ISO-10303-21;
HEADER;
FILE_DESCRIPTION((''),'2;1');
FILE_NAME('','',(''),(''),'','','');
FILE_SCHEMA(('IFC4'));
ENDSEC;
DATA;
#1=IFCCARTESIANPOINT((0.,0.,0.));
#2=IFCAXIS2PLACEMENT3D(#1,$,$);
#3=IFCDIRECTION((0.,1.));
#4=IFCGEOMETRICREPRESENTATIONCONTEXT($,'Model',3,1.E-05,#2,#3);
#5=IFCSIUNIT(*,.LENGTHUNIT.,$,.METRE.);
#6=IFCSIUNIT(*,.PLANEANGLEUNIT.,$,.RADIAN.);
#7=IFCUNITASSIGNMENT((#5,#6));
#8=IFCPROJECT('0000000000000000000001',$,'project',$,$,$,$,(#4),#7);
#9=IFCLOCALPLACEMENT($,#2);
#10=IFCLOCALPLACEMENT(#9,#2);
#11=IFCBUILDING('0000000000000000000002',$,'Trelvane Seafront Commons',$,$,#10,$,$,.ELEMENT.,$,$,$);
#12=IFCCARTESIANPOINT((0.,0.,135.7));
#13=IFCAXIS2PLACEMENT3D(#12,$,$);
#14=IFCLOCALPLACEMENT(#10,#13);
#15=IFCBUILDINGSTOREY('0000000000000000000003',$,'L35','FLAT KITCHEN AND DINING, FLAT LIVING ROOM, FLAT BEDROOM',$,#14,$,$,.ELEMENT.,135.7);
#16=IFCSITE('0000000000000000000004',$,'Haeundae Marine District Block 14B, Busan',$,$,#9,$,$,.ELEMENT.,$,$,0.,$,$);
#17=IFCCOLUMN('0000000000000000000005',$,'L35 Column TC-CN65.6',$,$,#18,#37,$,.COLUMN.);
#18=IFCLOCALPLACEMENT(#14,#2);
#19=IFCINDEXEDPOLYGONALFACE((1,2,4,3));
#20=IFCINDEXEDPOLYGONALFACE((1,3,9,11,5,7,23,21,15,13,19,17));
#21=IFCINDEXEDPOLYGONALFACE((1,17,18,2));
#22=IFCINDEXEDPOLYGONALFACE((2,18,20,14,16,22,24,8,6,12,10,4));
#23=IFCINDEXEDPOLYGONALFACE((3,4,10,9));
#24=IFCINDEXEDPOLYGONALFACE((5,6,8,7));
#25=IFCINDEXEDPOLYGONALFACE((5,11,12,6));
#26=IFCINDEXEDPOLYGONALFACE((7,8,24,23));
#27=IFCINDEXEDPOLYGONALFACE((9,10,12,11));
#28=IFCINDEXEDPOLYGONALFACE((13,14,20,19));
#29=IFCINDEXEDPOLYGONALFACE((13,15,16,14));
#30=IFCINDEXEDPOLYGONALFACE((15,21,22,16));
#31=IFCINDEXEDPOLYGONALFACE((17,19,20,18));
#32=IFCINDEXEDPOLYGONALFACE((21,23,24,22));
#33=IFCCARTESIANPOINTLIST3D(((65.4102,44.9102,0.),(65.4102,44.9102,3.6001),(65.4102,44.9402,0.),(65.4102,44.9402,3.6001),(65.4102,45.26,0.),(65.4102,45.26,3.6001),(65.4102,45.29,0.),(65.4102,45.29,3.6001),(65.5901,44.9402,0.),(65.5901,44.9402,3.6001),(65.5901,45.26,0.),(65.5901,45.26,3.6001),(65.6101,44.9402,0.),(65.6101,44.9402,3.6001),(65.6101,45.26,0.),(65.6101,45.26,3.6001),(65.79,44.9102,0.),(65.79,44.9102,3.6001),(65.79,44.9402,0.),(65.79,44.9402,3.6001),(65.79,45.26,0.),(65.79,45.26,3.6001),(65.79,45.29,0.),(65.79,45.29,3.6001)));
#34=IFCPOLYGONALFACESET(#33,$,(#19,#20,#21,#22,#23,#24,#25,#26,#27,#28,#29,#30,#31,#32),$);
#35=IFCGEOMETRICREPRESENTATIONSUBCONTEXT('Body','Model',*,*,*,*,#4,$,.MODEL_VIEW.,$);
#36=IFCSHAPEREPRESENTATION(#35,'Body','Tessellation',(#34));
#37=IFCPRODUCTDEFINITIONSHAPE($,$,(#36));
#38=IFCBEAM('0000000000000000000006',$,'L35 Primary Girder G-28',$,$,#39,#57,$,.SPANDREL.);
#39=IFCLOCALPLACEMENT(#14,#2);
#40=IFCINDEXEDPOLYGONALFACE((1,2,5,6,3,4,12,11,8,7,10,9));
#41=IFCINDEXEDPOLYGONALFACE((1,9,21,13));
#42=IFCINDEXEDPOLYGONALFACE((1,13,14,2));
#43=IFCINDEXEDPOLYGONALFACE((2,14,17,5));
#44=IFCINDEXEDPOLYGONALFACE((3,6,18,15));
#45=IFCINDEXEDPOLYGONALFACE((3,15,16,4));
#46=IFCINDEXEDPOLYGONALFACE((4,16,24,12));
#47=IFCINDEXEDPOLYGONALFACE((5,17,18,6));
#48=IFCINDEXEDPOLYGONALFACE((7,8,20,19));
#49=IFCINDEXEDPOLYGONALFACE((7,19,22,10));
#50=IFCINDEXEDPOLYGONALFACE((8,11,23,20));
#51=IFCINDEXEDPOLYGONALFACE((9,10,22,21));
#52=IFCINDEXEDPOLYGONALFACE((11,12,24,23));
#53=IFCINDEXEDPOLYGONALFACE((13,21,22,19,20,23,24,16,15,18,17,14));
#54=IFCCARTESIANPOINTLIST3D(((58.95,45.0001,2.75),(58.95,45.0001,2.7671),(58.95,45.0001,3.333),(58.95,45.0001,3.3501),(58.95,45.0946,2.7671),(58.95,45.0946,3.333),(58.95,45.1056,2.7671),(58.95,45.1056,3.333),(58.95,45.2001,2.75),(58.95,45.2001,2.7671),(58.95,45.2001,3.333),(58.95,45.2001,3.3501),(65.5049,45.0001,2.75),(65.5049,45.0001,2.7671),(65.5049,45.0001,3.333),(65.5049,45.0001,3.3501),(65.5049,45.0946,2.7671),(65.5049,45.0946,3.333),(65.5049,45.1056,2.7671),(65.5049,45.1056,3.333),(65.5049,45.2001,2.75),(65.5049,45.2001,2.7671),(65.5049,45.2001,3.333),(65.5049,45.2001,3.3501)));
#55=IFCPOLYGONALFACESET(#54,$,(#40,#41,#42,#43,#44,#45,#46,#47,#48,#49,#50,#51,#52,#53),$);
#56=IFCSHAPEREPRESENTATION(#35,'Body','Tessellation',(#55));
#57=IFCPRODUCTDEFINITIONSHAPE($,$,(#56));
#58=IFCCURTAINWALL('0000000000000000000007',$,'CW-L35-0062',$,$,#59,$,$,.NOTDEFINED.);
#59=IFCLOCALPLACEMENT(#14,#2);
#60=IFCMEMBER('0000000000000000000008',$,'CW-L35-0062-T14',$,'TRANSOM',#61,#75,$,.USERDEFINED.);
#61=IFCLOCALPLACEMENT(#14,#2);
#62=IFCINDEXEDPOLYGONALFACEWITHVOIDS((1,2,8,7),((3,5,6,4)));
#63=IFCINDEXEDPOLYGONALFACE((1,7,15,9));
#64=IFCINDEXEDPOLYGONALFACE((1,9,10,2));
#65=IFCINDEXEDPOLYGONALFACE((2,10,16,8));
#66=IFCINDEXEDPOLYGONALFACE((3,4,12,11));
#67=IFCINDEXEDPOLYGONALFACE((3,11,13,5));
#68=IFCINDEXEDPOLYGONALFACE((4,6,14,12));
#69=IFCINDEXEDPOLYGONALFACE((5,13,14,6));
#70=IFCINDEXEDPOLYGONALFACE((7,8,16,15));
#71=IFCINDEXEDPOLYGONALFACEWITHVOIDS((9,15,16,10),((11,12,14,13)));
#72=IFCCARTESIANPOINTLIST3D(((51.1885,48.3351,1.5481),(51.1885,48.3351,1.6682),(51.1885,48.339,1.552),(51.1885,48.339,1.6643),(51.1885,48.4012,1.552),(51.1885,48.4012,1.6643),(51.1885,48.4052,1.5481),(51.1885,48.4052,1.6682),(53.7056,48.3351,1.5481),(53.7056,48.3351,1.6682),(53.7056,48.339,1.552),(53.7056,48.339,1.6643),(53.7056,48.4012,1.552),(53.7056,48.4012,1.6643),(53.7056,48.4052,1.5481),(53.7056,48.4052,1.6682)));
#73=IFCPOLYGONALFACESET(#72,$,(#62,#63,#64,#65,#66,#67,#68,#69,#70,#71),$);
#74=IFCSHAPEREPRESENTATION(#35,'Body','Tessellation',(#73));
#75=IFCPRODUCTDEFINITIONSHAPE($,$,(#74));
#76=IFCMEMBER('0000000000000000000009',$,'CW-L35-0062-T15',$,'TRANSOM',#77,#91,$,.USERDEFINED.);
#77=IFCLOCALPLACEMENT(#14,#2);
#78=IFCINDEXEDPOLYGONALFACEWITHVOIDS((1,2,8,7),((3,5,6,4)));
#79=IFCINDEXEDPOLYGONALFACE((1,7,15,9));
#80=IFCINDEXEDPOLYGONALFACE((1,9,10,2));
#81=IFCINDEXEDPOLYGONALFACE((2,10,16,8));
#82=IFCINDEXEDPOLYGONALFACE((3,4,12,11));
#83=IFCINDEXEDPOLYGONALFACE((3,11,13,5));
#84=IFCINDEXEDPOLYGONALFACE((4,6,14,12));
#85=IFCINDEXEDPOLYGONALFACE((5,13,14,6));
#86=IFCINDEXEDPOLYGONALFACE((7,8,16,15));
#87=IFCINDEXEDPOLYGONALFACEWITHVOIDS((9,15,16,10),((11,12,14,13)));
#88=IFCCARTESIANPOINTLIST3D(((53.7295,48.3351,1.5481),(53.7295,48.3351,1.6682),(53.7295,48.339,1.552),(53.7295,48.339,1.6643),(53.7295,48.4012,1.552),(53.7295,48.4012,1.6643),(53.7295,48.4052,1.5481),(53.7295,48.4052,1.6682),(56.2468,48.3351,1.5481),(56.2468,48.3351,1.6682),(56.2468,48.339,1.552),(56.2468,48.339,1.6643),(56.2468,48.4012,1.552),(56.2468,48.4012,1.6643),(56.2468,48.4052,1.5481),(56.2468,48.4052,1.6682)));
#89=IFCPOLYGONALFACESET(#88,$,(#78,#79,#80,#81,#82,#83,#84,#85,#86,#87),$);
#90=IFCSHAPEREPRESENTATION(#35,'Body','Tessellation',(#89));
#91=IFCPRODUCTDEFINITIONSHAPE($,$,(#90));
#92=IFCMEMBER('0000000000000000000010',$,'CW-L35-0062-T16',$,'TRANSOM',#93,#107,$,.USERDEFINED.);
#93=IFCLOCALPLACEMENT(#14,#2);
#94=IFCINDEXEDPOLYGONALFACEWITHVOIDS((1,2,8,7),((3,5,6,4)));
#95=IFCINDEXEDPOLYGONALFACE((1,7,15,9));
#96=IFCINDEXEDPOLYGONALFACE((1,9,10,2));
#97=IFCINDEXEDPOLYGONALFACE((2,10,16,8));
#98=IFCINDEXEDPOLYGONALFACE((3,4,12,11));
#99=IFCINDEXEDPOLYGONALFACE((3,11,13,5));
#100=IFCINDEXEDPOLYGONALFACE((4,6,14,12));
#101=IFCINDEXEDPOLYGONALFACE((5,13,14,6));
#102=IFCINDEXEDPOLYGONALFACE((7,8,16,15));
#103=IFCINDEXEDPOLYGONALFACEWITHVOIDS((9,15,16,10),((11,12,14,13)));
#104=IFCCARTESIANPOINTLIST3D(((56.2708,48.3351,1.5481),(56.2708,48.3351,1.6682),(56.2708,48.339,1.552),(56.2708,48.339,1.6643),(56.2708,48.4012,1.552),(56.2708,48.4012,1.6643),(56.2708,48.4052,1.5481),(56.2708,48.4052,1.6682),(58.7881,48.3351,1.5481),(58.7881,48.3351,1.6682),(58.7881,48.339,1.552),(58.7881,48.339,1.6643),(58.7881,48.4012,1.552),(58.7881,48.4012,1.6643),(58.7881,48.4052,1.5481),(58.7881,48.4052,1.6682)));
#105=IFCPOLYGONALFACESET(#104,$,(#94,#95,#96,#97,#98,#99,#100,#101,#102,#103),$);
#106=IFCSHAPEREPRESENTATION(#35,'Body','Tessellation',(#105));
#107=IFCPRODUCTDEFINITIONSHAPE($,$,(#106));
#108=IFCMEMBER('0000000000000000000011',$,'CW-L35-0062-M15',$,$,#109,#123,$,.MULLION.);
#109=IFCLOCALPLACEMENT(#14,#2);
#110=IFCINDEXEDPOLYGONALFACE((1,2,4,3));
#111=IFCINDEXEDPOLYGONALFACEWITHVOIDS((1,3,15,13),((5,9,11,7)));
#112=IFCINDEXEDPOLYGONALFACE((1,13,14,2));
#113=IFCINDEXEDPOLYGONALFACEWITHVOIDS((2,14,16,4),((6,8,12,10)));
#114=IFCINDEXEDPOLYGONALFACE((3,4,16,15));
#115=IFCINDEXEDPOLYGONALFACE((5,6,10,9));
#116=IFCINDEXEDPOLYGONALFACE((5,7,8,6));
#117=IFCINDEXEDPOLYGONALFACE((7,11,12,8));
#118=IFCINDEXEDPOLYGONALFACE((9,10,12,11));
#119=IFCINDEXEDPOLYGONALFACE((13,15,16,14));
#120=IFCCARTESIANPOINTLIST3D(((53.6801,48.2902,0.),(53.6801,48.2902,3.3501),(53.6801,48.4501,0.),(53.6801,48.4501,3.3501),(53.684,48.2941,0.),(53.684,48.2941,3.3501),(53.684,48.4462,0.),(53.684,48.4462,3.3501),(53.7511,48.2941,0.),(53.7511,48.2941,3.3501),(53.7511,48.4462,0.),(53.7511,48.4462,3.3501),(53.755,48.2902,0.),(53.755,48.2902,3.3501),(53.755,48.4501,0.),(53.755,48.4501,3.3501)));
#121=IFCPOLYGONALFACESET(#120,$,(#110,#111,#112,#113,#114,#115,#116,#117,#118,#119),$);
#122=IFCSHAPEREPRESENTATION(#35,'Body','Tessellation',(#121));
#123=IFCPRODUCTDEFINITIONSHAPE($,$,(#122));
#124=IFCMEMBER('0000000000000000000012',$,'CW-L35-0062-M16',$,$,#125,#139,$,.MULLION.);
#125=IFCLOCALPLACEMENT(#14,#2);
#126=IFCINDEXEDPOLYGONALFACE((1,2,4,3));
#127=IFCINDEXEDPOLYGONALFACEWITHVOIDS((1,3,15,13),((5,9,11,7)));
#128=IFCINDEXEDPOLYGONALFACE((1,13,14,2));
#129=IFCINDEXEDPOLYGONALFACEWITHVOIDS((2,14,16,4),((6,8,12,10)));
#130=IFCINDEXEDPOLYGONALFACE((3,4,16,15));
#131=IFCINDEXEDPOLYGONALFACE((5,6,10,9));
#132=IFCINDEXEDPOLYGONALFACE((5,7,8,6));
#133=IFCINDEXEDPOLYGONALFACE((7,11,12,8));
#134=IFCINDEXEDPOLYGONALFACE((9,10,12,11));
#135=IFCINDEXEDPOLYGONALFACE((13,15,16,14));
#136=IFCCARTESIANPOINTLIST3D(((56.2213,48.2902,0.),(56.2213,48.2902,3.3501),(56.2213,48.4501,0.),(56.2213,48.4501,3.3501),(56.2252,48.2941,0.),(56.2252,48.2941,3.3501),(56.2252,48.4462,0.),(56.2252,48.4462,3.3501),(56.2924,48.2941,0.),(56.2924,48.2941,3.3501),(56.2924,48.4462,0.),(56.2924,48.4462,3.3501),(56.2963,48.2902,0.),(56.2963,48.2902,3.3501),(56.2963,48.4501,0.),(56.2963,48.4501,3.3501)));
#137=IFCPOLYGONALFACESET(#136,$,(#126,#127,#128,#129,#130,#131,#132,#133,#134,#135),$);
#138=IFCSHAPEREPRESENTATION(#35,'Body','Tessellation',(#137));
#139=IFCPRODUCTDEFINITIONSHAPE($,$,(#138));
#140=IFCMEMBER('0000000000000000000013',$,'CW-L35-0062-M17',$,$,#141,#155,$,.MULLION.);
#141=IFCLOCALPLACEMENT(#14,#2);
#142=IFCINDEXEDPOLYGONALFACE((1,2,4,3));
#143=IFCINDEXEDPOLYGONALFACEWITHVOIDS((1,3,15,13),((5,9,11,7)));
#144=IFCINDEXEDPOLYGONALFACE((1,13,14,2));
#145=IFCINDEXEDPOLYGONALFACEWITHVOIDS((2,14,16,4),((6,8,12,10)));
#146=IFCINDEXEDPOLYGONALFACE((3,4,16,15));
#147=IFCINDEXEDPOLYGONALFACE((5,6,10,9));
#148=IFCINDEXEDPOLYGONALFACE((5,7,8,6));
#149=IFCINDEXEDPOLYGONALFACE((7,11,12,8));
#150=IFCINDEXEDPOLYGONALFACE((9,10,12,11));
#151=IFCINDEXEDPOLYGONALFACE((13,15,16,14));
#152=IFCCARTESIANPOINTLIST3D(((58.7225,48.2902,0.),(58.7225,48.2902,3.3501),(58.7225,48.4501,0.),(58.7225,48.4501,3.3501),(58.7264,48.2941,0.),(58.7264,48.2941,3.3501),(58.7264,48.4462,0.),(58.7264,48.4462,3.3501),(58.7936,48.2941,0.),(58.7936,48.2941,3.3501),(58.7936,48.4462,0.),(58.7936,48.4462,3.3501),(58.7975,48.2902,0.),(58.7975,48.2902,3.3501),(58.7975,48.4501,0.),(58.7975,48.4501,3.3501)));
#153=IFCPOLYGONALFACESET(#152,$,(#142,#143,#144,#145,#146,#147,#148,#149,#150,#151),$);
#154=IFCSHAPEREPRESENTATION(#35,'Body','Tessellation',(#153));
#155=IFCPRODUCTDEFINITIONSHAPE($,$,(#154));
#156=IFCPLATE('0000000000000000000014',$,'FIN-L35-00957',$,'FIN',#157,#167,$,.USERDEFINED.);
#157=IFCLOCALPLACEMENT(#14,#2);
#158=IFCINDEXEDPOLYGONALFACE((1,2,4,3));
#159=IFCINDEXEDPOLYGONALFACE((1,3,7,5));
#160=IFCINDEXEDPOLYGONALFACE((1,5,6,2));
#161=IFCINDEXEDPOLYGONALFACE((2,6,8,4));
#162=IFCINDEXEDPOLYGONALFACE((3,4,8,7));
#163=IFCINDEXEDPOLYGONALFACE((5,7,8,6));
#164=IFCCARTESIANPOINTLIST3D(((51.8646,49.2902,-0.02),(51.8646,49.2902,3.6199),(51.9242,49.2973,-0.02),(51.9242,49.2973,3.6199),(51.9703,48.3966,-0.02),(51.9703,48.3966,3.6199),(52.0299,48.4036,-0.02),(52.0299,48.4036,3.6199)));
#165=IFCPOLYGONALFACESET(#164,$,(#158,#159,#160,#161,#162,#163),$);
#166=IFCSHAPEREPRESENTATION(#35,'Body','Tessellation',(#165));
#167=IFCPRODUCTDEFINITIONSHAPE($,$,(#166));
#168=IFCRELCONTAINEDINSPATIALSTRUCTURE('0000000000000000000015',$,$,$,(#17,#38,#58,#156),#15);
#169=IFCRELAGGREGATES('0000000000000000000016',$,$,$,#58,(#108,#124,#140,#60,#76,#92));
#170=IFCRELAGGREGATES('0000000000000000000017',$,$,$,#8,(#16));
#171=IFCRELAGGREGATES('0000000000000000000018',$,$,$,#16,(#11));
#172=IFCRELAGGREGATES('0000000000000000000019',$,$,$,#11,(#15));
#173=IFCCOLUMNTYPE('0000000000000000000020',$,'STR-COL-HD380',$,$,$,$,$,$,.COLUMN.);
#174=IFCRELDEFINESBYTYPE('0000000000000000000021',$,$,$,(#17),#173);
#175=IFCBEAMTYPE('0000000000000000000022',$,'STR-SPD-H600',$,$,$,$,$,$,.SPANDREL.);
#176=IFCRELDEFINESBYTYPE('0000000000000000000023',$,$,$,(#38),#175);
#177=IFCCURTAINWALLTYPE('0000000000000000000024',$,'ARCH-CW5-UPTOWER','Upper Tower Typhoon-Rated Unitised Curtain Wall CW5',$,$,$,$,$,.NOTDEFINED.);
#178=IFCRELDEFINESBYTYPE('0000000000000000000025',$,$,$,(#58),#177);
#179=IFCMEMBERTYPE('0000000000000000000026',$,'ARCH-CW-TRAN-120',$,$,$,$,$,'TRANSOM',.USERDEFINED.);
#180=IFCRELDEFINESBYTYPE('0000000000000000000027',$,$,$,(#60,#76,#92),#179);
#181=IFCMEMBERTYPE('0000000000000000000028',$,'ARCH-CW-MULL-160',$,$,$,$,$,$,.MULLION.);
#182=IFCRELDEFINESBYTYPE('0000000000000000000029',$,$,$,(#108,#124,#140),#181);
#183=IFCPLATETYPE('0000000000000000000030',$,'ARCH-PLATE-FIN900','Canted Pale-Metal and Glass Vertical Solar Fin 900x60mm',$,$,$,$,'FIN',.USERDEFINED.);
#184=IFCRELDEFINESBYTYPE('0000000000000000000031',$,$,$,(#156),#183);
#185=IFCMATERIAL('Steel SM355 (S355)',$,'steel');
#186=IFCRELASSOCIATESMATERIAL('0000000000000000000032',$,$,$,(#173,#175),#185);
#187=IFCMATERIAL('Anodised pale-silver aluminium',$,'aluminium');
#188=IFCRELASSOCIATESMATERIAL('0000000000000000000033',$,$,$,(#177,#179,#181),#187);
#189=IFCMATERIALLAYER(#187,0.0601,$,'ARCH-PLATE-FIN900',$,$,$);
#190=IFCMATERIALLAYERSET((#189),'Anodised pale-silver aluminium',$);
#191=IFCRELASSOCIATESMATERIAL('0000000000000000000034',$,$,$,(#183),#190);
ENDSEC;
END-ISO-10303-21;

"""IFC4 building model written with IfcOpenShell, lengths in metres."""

from ifc_helpers import new_model, si_unit, direction, frame, origin, origin_2d, place, context, subcontext, project, spatial, rectangle, hollow_rectangle, i_section, extrude, source, transform, mapped, material, layer, layer_set, material_profile, profile_set, type_object, element, aggregate, save


model = new_model("IFC4")

# Units and contexts
model_context = context("Model", 3, precision=1e-05, world=origin(), true_north=direction((0.0, 1.0)))
body_context = subcontext(model_context, "Body", "Model", "MODEL_VIEW")
ifc_project = project(units=[si_unit("LENGTHUNIT", "METRE"), si_unit("PLANEANGLEUNIT", "RADIAN")], contexts=[model_context])

# Site, building, storey
site_placement = place(None, origin())
site = spatial("IfcSite", under=ifc_project, at=site_placement, Name="Haeundae Marine District Block 14B, Busan", CompositionType="ELEMENT", RefElevation=0.0)
building_placement = place(site_placement, origin())
building = spatial("IfcBuilding", under=site, at=building_placement, Name="Trelvane Seafront Commons", CompositionType="ELEMENT")
storey_placement = place(building_placement, frame((0.0, 0.0, 135.7)))
storey = spatial("IfcBuildingStorey", under=building, at=storey_placement, Name="L35", Description="FLAT KITCHEN AND DINING, FLAT LIVING ROOM, FLAT BEDROOM", CompositionType="ELEMENT", Elevation=135.7)

# Column
ifc_material_1 = material(Name="Steel SM355 (S355)", Category="steel")
ifc_material_profile_1 = material_profile(ifc_material_1, i_section(OverallWidth=0.3799, OverallDepth=0.3799, WebThickness=0.02, FlangeThickness=0.03, at=origin_2d()), Name="HD-380x380x20x30")
ifc_profile_set_1 = profile_set([ifc_material_profile_1], Name="Steel SM355 (S355)")
column_type = type_object("IfcColumnType", Name="STR-COL-HD380", PredefinedType="COLUMN", material=ifc_profile_set_1)
shared_shape_1 = source(origin(), body_context, "Body", "SweptSolid", [
    extrude(i_section(OverallWidth=0.3799, OverallDepth=0.3799, WebThickness=0.02, FlangeThickness=0.03, at=origin_2d()), origin(), (0.0, 0.0, 1.0), 3.6001),
])
column_placement = place(storey_placement, frame((65.6001, 45.1001, 0.0), z_axis=(0.0, 0.0, 1.0), x_axis=(1.0, 0.0, 0.0)))
element("IfcColumn", 1, at=column_placement, inside=storey, type_object=column_type, Name="L35 Column TC-CN65.6", PredefinedType="COLUMN", context=body_context, shape_type="MappedRepresentation", body=[
    mapped(shared_shape_1, transform((0.0, 0.0, 0.0), x_axis=(1.0, 0.0, 0.0), y_axis=(0.0, 1.0, 0.0), z_axis=(0.0, 0.0, 1.0), scale=1.0)),
])

# Beam
ifc_material_profile_2 = material_profile(ifc_material_1, i_section(OverallWidth=0.2, OverallDepth=0.6001, WebThickness=0.011, FlangeThickness=0.0171, at=origin_2d()), Name="H-600x200x11x17")
ifc_profile_set_2 = profile_set([ifc_material_profile_2], Name="Steel SM355 (S355)")
beam_type = type_object("IfcBeamType", Name="STR-SPD-H600", PredefinedType="SPANDREL", material=ifc_profile_set_2)
shared_shape_2 = source(origin(), body_context, "Body", "SweptSolid", [
    extrude(i_section(OverallWidth=0.2, OverallDepth=0.6001, WebThickness=0.011, FlangeThickness=0.0171, at=origin_2d()), origin(), (0.0, 0.0, 1.0), 6.5549),
])
beam_placement = place(storey_placement, frame((58.95, 45.1001, 3.05), z_axis=(1.0, 0.0, 0.0), x_axis=(0.0, 1.0, 0.0)))
element("IfcBeam", 2, at=beam_placement, inside=storey, type_object=beam_type, Name="L35 Primary Girder G-28", PredefinedType="SPANDREL", context=body_context, shape_type="MappedRepresentation", body=[
    mapped(shared_shape_2, transform((0.0, 0.0, 0.0), x_axis=(1.0, 0.0, 0.0), y_axis=(0.0, 1.0, 0.0), z_axis=(0.0, 0.0, 1.0), scale=1.0)),
])

# Curtain wall, members
ifc_material_2 = material(Name="Anodised pale-silver aluminium", Category="aluminium")
curtain_wall_type = type_object("IfcCurtainWallType", Name="ARCH-CW5-UPTOWER", Description="Upper Tower Typhoon-Rated Unitised Curtain Wall CW5", PredefinedType="NOTDEFINED", material=ifc_material_2)
curtain_wall_placement = place(storey_placement, origin())
curtain_wall = element("IfcCurtainWall", 3, at=curtain_wall_placement, inside=storey, type_object=curtain_wall_type, Name="CW-L35-0062", PredefinedType="NOTDEFINED")
ifc_material_profile_3 = material_profile(ifc_material_2, hollow_rectangle(XDim=0.0701, YDim=0.1201, WallThickness=0.0039, at=origin_2d()), Name="TRAN-70x120x4")
ifc_profile_set_3 = profile_set([ifc_material_profile_3], Name="Anodised pale-silver aluminium")
member_type_1 = type_object("IfcMemberType", Name="ARCH-CW-TRAN-120", ElementType="TRANSOM", PredefinedType="USERDEFINED", material=ifc_profile_set_3)
shared_shape_3 = source(origin(), body_context, "Body", "SweptSolid", [
    extrude(hollow_rectangle(XDim=0.0701, YDim=0.1201, WallThickness=0.0039, at=origin_2d()), origin(), (0.0, 0.0, 1.0), 2.5171),
])
member_1_placement = place(storey_placement, frame((51.1885, 48.3701, 1.6082), z_axis=(1.0, 0.0, 0.0), x_axis=(0.0, 1.0, 0.0)))
member_1 = element("IfcMember", 4, at=member_1_placement, type_object=member_type_1, Name="CW-L35-0062-T14", ObjectType="TRANSOM", PredefinedType="USERDEFINED", context=body_context, shape_type="MappedRepresentation", body=[
    mapped(shared_shape_3, transform((0.0, 0.0, 0.0), x_axis=(1.0, 0.0, 0.0), y_axis=(0.0, 1.0, 0.0), z_axis=(0.0, 0.0, 1.0), scale=1.0)),
])
shared_shape_4 = source(origin(), body_context, "Body", "SweptSolid", [
    extrude(hollow_rectangle(XDim=0.0701, YDim=0.1201, WallThickness=0.0039, at=origin_2d()), origin(), (0.0, 0.0, 1.0), 2.5173),
])
member_2_placement = place(storey_placement, frame((53.7295, 48.3701, 1.6082), z_axis=(1.0, 0.0, 0.0), x_axis=(0.0, 1.0, 0.0)))
member_2 = element("IfcMember", 5, at=member_2_placement, type_object=member_type_1, Name="CW-L35-0062-T15", ObjectType="TRANSOM", PredefinedType="USERDEFINED", context=body_context, shape_type="MappedRepresentation", body=[
    mapped(shared_shape_4, transform((0.0, 0.0, 0.0), x_axis=(1.0, 0.0, 0.0), y_axis=(0.0, 1.0, 0.0), z_axis=(0.0, 0.0, 1.0), scale=1.0)),
])
member_3_placement = place(storey_placement, frame((56.2708, 48.3701, 1.6082), z_axis=(1.0, 0.0, 0.0), x_axis=(0.0, 1.0, 0.0)))
member_3 = element("IfcMember", 6, at=member_3_placement, type_object=member_type_1, Name="CW-L35-0062-T16", ObjectType="TRANSOM", PredefinedType="USERDEFINED", context=body_context, shape_type="MappedRepresentation", body=[
    mapped(shared_shape_4, transform((0.0, 0.0, 0.0), x_axis=(1.0, 0.0, 0.0), y_axis=(0.0, 1.0, 0.0), z_axis=(0.0, 0.0, 1.0), scale=1.0)),
])
ifc_material_profile_4 = material_profile(ifc_material_2, hollow_rectangle(XDim=0.075, YDim=0.1599, WallThickness=0.0039, at=origin_2d()), Name="MULL-75x160x4")
ifc_profile_set_4 = profile_set([ifc_material_profile_4], Name="Anodised pale-silver aluminium")
member_type_2 = type_object("IfcMemberType", Name="ARCH-CW-MULL-160", PredefinedType="MULLION", material=ifc_profile_set_4)
shared_shape_5 = source(origin(), body_context, "Body", "SweptSolid", [
    extrude(hollow_rectangle(XDim=0.075, YDim=0.1599, WallThickness=0.0039, at=origin_2d()), origin(), (0.0, 0.0, 1.0), 3.3501),
])
member_4_placement = place(storey_placement, frame((53.7175, 48.3701, 0.0), z_axis=(0.0, 0.0, 1.0), x_axis=(1.0, 0.0, 0.0)))
member_4 = element("IfcMember", 7, at=member_4_placement, type_object=member_type_2, Name="CW-L35-0062-M15", PredefinedType="MULLION", context=body_context, shape_type="MappedRepresentation", body=[
    mapped(shared_shape_5, transform((0.0, 0.0, 0.0), x_axis=(1.0, 0.0, 0.0), y_axis=(0.0, 1.0, 0.0), z_axis=(0.0, 0.0, 1.0), scale=1.0)),
])
member_5_placement = place(storey_placement, frame((56.2588, 48.3701, 0.0), z_axis=(0.0, 0.0, 1.0), x_axis=(1.0, 0.0, 0.0)))
member_5 = element("IfcMember", 8, at=member_5_placement, type_object=member_type_2, Name="CW-L35-0062-M16", PredefinedType="MULLION", context=body_context, shape_type="MappedRepresentation", body=[
    mapped(shared_shape_5, transform((0.0, 0.0, 0.0), x_axis=(1.0, 0.0, 0.0), y_axis=(0.0, 1.0, 0.0), z_axis=(0.0, 0.0, 1.0), scale=1.0)),
])
member_6_placement = place(storey_placement, frame((58.76, 48.3701, 0.0), z_axis=(0.0, 0.0, 1.0), x_axis=(1.0, 0.0, 0.0)))
member_6 = element("IfcMember", 9, at=member_6_placement, type_object=member_type_2, Name="CW-L35-0062-M17", PredefinedType="MULLION", context=body_context, shape_type="MappedRepresentation", body=[
    mapped(shared_shape_5, transform((0.0, 0.0, 0.0), x_axis=(1.0, 0.0, 0.0), y_axis=(0.0, 1.0, 0.0), z_axis=(0.0, 0.0, 1.0), scale=1.0)),
])

# Plate
ifc_layer_1 = layer(ifc_material_2, 0.0601, Name="ARCH-PLATE-FIN900")
ifc_layer_set_1 = layer_set([ifc_layer_1], Name="Anodised pale-silver aluminium")
plate_type_1 = type_object("IfcPlateType", Name="ARCH-PLATE-FIN900", Description="Canted Pale-Metal and Glass Vertical Solar Fin 900x60mm", ElementType="FIN", PredefinedType="USERDEFINED", material=ifc_layer_set_1)
shared_shape_6 = source(origin(), body_context, "Body", "SweptSolid", [
    extrude(rectangle(XDim=0.8999, YDim=0.0601, at=origin_2d()), origin(), (0.0, 0.0, 1.0), 3.6399),
])
for number, where, z_axis, x_axis, name in (
    (10, (51.9473, 48.8469, -0.02), (0.0, 0.0, 1.0), (-0.11744, 0.99308, 0.0), "FIN-L35-00957"),
):
    element("IfcPlate", number, at=place(storey_placement, frame(where, z_axis=z_axis, x_axis=x_axis)), inside=storey, type_object=plate_type_1, Name=name, ObjectType="FIN", PredefinedType="USERDEFINED", context=body_context, shape_type="MappedRepresentation", body=[
        mapped(shared_shape_6, transform((0.0, 0.0, 0.0), x_axis=(1.0, 0.0, 0.0), y_axis=(0.0, 1.0, 0.0), z_axis=(0.0, 0.0, 1.0), scale=1.0)),
    ])

aggregate(curtain_wall, [member_4, member_5, member_6, member_1, member_2, member_3])

save(model, "model.ifc")
